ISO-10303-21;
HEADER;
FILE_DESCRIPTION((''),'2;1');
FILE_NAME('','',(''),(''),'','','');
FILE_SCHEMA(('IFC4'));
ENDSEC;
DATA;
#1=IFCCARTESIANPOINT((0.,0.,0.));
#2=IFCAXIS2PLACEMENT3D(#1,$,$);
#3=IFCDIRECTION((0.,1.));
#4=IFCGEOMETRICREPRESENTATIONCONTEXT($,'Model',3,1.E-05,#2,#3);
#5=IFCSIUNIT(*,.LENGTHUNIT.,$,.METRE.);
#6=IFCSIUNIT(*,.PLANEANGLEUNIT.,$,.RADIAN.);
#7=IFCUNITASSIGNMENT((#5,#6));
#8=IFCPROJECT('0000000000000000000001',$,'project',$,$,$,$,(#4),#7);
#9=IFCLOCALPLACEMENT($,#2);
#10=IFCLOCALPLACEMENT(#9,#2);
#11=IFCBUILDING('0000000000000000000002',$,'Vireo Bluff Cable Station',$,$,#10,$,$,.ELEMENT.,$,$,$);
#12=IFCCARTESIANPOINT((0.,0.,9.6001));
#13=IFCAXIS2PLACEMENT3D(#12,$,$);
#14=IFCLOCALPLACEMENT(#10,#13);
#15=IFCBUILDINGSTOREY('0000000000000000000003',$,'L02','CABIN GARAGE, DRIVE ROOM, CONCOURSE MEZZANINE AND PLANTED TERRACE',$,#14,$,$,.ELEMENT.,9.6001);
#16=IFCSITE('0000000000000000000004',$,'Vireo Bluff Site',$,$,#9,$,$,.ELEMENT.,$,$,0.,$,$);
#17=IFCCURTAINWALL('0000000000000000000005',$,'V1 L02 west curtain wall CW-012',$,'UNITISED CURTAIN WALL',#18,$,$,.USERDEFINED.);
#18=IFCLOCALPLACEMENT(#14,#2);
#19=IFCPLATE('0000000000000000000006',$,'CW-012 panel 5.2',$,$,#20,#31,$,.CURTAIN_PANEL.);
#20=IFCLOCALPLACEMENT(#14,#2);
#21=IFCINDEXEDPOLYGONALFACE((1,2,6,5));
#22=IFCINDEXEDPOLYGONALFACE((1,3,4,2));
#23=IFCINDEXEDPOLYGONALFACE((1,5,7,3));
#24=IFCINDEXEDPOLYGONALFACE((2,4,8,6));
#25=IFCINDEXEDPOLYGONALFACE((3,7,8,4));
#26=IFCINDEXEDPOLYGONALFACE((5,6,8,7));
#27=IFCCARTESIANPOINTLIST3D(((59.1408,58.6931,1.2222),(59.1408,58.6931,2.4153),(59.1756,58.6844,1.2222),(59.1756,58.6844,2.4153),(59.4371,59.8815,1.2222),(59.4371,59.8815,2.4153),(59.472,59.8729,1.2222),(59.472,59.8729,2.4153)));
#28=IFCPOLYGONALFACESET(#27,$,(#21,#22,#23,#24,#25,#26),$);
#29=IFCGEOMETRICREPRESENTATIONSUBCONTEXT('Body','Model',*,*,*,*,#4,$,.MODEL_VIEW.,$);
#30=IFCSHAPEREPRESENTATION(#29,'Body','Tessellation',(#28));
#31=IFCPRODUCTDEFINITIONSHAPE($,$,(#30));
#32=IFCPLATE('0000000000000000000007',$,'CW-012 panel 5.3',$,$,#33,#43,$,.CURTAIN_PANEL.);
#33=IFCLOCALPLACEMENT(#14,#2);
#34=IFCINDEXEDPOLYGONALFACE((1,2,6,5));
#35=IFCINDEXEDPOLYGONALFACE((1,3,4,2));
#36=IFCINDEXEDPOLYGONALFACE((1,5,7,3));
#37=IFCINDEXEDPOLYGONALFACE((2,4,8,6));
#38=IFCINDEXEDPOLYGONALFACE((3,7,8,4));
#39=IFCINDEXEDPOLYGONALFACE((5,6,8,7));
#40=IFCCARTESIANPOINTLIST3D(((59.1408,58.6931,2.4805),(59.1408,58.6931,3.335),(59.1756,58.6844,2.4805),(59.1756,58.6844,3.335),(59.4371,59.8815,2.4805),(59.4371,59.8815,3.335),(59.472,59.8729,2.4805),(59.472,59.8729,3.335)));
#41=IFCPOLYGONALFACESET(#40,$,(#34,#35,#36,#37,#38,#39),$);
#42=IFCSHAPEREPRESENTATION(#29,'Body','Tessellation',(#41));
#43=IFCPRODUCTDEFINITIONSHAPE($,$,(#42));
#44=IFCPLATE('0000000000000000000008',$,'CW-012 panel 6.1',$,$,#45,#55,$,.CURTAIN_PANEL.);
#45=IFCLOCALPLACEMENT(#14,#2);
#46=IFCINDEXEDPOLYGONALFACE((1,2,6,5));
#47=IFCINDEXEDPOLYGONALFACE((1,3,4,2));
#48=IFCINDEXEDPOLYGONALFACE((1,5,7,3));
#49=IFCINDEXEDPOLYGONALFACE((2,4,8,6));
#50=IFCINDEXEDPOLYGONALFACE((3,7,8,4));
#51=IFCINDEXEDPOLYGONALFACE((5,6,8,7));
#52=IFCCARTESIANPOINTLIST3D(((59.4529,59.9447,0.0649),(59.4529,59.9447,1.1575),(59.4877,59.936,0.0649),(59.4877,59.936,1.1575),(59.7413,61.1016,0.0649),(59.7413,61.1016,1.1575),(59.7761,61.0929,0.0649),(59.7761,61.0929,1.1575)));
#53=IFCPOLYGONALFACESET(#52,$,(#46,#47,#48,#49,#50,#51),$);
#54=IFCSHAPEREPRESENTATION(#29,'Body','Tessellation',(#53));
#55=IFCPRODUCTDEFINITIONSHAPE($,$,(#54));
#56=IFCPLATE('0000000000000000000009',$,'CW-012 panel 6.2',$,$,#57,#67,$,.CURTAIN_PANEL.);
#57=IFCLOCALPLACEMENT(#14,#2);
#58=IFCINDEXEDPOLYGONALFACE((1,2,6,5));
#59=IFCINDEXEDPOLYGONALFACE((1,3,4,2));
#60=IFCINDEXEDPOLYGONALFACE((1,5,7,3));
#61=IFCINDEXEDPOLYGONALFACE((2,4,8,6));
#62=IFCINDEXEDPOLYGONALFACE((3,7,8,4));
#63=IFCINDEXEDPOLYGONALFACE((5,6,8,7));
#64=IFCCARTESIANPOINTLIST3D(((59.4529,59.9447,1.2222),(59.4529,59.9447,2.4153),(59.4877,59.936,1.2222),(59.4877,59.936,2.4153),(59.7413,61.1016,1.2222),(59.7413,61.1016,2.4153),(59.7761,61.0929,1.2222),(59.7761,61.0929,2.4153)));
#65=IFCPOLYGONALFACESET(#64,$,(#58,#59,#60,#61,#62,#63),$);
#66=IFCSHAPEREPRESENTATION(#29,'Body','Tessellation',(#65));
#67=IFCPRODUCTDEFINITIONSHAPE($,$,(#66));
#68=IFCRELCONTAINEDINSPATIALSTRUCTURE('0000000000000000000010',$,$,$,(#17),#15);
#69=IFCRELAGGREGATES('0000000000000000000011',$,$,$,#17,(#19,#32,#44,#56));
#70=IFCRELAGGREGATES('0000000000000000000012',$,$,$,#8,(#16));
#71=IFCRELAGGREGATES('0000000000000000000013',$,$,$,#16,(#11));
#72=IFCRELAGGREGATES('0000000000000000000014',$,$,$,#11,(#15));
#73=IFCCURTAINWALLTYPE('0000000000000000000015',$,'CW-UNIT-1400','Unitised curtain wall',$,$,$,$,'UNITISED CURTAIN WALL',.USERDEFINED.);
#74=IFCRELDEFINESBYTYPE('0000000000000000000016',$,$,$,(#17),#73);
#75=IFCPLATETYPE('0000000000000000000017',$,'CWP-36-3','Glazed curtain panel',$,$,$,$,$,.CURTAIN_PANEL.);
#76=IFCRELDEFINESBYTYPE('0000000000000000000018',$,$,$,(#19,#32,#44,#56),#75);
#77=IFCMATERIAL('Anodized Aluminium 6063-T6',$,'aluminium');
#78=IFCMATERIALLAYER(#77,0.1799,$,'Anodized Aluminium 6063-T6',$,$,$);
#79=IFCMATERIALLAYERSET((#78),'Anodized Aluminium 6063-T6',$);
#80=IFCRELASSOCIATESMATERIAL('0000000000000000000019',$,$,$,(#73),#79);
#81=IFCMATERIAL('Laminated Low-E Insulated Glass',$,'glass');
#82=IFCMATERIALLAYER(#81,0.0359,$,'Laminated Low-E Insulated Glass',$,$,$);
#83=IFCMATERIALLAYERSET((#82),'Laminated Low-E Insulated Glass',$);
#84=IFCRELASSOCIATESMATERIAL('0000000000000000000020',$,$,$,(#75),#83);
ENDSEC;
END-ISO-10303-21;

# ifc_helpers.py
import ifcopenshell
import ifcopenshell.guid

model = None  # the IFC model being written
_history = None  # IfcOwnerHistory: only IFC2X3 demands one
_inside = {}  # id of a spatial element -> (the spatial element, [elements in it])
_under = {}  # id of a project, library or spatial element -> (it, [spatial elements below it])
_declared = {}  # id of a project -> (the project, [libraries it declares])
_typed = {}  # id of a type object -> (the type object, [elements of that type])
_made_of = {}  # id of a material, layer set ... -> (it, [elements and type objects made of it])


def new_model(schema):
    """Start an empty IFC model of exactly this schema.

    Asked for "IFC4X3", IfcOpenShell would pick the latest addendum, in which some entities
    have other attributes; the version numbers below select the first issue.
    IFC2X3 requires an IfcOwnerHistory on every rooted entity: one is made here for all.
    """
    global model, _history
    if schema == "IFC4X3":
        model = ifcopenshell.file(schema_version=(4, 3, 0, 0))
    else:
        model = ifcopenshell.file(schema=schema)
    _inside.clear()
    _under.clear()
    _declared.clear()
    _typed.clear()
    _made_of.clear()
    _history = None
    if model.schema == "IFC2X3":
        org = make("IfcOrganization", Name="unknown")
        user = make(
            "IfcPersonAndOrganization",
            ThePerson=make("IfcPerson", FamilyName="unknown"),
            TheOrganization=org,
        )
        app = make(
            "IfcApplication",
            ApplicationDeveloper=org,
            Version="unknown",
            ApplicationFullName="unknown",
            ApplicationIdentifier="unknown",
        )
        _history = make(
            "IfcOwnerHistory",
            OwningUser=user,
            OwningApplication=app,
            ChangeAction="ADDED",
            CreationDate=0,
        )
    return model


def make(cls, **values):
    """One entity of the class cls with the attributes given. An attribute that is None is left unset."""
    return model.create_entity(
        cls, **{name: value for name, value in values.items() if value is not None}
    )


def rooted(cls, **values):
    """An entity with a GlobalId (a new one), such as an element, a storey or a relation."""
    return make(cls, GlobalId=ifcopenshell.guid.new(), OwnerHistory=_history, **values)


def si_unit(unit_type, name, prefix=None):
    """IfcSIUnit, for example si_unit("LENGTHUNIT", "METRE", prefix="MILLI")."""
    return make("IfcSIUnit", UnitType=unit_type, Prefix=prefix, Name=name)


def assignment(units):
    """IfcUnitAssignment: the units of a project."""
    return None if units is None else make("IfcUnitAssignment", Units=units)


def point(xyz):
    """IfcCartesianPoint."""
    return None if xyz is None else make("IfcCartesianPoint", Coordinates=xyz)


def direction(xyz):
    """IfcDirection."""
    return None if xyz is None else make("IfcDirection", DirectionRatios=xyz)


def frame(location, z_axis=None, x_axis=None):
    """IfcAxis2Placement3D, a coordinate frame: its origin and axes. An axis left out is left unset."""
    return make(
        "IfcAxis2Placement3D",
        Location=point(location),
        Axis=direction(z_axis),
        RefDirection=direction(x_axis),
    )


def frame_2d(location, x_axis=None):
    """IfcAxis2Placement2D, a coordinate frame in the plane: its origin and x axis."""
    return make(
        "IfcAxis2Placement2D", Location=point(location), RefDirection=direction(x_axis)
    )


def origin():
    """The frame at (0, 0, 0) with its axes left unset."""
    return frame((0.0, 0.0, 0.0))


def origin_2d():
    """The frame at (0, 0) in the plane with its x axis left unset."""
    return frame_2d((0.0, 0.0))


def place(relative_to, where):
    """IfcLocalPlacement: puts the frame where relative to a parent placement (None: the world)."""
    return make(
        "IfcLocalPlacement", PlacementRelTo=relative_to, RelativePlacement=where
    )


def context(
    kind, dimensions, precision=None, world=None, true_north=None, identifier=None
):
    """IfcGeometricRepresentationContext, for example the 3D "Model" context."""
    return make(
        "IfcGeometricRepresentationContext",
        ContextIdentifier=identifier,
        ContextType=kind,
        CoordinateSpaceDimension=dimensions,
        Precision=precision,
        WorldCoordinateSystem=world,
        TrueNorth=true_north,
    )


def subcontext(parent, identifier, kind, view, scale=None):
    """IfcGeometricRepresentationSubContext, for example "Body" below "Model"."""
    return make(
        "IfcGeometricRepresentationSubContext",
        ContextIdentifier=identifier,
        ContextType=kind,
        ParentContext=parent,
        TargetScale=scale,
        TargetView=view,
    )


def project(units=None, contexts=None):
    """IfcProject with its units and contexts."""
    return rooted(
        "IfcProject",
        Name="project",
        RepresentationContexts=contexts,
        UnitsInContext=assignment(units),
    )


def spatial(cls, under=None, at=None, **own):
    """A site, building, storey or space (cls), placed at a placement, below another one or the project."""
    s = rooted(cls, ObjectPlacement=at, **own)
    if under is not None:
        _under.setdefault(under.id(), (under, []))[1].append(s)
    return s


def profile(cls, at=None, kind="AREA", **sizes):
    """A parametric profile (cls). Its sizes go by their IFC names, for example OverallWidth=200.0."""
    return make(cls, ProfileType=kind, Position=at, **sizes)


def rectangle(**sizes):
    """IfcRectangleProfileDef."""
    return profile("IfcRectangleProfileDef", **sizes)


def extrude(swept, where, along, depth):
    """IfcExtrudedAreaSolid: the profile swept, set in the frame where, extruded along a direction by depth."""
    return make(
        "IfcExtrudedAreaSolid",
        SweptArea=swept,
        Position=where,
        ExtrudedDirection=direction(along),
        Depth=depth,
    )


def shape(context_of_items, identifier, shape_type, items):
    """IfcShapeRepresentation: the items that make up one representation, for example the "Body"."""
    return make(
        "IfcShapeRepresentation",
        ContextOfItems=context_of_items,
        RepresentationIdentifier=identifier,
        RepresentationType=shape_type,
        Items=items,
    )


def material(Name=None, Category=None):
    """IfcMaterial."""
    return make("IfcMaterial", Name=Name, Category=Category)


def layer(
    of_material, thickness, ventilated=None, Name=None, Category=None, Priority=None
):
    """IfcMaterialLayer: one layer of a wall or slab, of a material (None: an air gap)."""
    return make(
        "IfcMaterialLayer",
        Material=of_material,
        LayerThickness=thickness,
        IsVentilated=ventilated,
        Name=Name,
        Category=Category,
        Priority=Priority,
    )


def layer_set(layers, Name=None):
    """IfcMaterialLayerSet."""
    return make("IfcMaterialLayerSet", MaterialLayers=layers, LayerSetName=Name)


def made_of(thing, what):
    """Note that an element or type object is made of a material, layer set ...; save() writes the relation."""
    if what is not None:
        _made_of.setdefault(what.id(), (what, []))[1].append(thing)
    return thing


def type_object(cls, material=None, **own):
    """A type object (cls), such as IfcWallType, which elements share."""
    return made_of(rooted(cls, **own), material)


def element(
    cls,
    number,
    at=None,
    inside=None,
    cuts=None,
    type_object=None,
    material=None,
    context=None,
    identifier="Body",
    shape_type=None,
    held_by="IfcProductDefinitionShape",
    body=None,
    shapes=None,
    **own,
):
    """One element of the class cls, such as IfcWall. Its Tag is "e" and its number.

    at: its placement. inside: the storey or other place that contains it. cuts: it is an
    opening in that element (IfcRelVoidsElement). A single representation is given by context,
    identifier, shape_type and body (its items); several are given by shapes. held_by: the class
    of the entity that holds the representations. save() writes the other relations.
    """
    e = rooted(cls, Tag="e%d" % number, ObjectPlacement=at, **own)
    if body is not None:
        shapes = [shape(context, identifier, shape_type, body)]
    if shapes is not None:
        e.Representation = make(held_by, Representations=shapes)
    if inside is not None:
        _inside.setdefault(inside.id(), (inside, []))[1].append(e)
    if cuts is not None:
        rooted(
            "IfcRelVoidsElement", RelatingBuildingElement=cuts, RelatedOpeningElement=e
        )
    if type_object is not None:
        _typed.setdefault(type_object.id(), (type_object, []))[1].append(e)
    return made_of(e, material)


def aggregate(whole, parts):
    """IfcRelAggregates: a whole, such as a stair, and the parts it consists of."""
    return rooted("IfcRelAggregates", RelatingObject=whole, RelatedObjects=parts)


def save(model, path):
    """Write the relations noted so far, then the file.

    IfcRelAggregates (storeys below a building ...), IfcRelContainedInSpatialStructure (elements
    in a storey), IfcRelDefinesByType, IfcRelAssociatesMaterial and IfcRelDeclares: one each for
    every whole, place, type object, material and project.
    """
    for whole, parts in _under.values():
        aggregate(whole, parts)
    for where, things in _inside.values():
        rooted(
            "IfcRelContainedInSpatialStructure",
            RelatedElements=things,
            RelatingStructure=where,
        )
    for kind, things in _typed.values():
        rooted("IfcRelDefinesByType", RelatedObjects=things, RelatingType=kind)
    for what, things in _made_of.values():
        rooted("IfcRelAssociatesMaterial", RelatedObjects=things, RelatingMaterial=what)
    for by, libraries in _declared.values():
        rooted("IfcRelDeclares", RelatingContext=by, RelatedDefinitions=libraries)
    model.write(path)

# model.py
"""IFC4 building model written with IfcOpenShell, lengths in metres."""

from ifc_helpers import new_model, si_unit, direction, frame, origin, origin_2d, place, context, subcontext, project, spatial, rectangle, extrude, material, layer, layer_set, type_object, element, aggregate, save


model = new_model("IFC4")

# Units and contexts
model_context = context("Model", 3, precision=1e-05, world=origin(), true_north=direction((0.0, 1.0)))
body_context = subcontext(model_context, "Body", "Model", "MODEL_VIEW")
ifc_project = project(units=[si_unit("LENGTHUNIT", "METRE"), si_unit("PLANEANGLEUNIT", "RADIAN")], contexts=[model_context])

# Site, building, storey
site_placement = place(None, origin())
site = spatial("IfcSite", under=ifc_project, at=site_placement, Name="Vireo Bluff Site", CompositionType="ELEMENT", RefElevation=0.0)
building_placement = place(site_placement, origin())
building = spatial("IfcBuilding", under=site, at=building_placement, Name="Vireo Bluff Cable Station", CompositionType="ELEMENT")
storey_placement = place(building_placement, frame((0.0, 0.0, 9.6001)))
storey = spatial("IfcBuildingStorey", under=building, at=storey_placement, Name="L02", Description="CABIN GARAGE, DRIVE ROOM, CONCOURSE MEZZANINE AND PLANTED TERRACE", CompositionType="ELEMENT", Elevation=9.6001)

# Curtain wall
ifc_material_1 = material(Name="Anodized Aluminium 6063-T6", Category="aluminium")
ifc_layer_1 = layer(ifc_material_1, 0.1799, Name="Anodized Aluminium 6063-T6")
ifc_layer_set_1 = layer_set([ifc_layer_1], Name="Anodized Aluminium 6063-T6")
curtain_wall_type = type_object("IfcCurtainWallType", Name="CW-UNIT-1400", Description="Unitised curtain wall", ElementType="UNITISED CURTAIN WALL", PredefinedType="USERDEFINED", material=ifc_layer_set_1)
curtain_wall_placement = place(storey_placement, origin())
curtain_wall = element("IfcCurtainWall", 1, at=curtain_wall_placement, inside=storey, type_object=curtain_wall_type, Name="V1 L02 west curtain wall CW-012", ObjectType="UNITISED CURTAIN WALL", PredefinedType="USERDEFINED")

# Plates
ifc_material_2 = material(Name="Laminated Low-E Insulated Glass", Category="glass")
ifc_layer_2 = layer(ifc_material_2, 0.0359, Name="Laminated Low-E Insulated Glass")
ifc_layer_set_2 = layer_set([ifc_layer_2], Name="Laminated Low-E Insulated Glass")
plate_type = type_object("IfcPlateType", Name="CWP-36-3", Description="Glazed curtain panel", PredefinedType="CURTAIN_PANEL", material=ifc_layer_set_2)
plate_1_placement = place(storey_placement, frame((59.3064, 59.283, 1.2222), z_axis=(0.0, 0.0, 1.0), x_axis=(0.241922, 0.970296, 0.0)))
plate_1 = element("IfcPlate", 2, at=plate_1_placement, type_object=plate_type, Name="CW-012 panel 5.2", PredefinedType="CURTAIN_PANEL", context=body_context, shape_type="SweptSolid", body=[
    extrude(rectangle(XDim=1.2249, YDim=0.0359, at=origin_2d()), origin(), (0.0, 0.0, 1.0), 1.1931),
])
plate_2_placement = place(storey_placement, frame((59.3064, 59.283, 2.4805), z_axis=(0.0, 0.0, 1.0), x_axis=(0.241922, 0.970296, 0.0)))
plate_2 = element("IfcPlate", 3, at=plate_2_placement, type_object=plate_type, Name="CW-012 panel 5.3", PredefinedType="CURTAIN_PANEL", context=body_context, shape_type="SweptSolid", body=[
    extrude(rectangle(XDim=1.2249, YDim=0.0359, at=origin_2d()), origin(), (0.0, 0.0, 1.0), 0.8545),
])
plate_3_placement = place(storey_placement, frame((59.6145, 60.5188, 0.0649), z_axis=(0.0, 0.0, 1.0), x_axis=(0.241922, 0.970296, 0.0)))
plate_3 = element("IfcPlate", 4, at=plate_3_placement, type_object=plate_type, Name="CW-012 panel 6.1", PredefinedType="CURTAIN_PANEL", context=body_context, shape_type="SweptSolid", body=[
    extrude(rectangle(XDim=1.1924, YDim=0.0359, at=origin_2d()), origin(), (0.0, 0.0, 1.0), 1.0925),
])
plate_4_placement = place(storey_placement, frame((59.6145, 60.5188, 1.2222), z_axis=(0.0, 0.0, 1.0), x_axis=(0.241922, 0.970296, 0.0)))
plate_4 = element("IfcPlate", 5, at=plate_4_placement, type_object=plate_type, Name="CW-012 panel 6.2", PredefinedType="CURTAIN_PANEL", context=body_context, shape_type="SweptSolid", body=[
    extrude(rectangle(XDim=1.1924, YDim=0.0359, at=origin_2d()), origin(), (0.0, 0.0, 1.0), 1.1931),
])
aggregate(curtain_wall, [plate_1, plate_2, plate_3, plate_4])

save(model, "model.ifc")
